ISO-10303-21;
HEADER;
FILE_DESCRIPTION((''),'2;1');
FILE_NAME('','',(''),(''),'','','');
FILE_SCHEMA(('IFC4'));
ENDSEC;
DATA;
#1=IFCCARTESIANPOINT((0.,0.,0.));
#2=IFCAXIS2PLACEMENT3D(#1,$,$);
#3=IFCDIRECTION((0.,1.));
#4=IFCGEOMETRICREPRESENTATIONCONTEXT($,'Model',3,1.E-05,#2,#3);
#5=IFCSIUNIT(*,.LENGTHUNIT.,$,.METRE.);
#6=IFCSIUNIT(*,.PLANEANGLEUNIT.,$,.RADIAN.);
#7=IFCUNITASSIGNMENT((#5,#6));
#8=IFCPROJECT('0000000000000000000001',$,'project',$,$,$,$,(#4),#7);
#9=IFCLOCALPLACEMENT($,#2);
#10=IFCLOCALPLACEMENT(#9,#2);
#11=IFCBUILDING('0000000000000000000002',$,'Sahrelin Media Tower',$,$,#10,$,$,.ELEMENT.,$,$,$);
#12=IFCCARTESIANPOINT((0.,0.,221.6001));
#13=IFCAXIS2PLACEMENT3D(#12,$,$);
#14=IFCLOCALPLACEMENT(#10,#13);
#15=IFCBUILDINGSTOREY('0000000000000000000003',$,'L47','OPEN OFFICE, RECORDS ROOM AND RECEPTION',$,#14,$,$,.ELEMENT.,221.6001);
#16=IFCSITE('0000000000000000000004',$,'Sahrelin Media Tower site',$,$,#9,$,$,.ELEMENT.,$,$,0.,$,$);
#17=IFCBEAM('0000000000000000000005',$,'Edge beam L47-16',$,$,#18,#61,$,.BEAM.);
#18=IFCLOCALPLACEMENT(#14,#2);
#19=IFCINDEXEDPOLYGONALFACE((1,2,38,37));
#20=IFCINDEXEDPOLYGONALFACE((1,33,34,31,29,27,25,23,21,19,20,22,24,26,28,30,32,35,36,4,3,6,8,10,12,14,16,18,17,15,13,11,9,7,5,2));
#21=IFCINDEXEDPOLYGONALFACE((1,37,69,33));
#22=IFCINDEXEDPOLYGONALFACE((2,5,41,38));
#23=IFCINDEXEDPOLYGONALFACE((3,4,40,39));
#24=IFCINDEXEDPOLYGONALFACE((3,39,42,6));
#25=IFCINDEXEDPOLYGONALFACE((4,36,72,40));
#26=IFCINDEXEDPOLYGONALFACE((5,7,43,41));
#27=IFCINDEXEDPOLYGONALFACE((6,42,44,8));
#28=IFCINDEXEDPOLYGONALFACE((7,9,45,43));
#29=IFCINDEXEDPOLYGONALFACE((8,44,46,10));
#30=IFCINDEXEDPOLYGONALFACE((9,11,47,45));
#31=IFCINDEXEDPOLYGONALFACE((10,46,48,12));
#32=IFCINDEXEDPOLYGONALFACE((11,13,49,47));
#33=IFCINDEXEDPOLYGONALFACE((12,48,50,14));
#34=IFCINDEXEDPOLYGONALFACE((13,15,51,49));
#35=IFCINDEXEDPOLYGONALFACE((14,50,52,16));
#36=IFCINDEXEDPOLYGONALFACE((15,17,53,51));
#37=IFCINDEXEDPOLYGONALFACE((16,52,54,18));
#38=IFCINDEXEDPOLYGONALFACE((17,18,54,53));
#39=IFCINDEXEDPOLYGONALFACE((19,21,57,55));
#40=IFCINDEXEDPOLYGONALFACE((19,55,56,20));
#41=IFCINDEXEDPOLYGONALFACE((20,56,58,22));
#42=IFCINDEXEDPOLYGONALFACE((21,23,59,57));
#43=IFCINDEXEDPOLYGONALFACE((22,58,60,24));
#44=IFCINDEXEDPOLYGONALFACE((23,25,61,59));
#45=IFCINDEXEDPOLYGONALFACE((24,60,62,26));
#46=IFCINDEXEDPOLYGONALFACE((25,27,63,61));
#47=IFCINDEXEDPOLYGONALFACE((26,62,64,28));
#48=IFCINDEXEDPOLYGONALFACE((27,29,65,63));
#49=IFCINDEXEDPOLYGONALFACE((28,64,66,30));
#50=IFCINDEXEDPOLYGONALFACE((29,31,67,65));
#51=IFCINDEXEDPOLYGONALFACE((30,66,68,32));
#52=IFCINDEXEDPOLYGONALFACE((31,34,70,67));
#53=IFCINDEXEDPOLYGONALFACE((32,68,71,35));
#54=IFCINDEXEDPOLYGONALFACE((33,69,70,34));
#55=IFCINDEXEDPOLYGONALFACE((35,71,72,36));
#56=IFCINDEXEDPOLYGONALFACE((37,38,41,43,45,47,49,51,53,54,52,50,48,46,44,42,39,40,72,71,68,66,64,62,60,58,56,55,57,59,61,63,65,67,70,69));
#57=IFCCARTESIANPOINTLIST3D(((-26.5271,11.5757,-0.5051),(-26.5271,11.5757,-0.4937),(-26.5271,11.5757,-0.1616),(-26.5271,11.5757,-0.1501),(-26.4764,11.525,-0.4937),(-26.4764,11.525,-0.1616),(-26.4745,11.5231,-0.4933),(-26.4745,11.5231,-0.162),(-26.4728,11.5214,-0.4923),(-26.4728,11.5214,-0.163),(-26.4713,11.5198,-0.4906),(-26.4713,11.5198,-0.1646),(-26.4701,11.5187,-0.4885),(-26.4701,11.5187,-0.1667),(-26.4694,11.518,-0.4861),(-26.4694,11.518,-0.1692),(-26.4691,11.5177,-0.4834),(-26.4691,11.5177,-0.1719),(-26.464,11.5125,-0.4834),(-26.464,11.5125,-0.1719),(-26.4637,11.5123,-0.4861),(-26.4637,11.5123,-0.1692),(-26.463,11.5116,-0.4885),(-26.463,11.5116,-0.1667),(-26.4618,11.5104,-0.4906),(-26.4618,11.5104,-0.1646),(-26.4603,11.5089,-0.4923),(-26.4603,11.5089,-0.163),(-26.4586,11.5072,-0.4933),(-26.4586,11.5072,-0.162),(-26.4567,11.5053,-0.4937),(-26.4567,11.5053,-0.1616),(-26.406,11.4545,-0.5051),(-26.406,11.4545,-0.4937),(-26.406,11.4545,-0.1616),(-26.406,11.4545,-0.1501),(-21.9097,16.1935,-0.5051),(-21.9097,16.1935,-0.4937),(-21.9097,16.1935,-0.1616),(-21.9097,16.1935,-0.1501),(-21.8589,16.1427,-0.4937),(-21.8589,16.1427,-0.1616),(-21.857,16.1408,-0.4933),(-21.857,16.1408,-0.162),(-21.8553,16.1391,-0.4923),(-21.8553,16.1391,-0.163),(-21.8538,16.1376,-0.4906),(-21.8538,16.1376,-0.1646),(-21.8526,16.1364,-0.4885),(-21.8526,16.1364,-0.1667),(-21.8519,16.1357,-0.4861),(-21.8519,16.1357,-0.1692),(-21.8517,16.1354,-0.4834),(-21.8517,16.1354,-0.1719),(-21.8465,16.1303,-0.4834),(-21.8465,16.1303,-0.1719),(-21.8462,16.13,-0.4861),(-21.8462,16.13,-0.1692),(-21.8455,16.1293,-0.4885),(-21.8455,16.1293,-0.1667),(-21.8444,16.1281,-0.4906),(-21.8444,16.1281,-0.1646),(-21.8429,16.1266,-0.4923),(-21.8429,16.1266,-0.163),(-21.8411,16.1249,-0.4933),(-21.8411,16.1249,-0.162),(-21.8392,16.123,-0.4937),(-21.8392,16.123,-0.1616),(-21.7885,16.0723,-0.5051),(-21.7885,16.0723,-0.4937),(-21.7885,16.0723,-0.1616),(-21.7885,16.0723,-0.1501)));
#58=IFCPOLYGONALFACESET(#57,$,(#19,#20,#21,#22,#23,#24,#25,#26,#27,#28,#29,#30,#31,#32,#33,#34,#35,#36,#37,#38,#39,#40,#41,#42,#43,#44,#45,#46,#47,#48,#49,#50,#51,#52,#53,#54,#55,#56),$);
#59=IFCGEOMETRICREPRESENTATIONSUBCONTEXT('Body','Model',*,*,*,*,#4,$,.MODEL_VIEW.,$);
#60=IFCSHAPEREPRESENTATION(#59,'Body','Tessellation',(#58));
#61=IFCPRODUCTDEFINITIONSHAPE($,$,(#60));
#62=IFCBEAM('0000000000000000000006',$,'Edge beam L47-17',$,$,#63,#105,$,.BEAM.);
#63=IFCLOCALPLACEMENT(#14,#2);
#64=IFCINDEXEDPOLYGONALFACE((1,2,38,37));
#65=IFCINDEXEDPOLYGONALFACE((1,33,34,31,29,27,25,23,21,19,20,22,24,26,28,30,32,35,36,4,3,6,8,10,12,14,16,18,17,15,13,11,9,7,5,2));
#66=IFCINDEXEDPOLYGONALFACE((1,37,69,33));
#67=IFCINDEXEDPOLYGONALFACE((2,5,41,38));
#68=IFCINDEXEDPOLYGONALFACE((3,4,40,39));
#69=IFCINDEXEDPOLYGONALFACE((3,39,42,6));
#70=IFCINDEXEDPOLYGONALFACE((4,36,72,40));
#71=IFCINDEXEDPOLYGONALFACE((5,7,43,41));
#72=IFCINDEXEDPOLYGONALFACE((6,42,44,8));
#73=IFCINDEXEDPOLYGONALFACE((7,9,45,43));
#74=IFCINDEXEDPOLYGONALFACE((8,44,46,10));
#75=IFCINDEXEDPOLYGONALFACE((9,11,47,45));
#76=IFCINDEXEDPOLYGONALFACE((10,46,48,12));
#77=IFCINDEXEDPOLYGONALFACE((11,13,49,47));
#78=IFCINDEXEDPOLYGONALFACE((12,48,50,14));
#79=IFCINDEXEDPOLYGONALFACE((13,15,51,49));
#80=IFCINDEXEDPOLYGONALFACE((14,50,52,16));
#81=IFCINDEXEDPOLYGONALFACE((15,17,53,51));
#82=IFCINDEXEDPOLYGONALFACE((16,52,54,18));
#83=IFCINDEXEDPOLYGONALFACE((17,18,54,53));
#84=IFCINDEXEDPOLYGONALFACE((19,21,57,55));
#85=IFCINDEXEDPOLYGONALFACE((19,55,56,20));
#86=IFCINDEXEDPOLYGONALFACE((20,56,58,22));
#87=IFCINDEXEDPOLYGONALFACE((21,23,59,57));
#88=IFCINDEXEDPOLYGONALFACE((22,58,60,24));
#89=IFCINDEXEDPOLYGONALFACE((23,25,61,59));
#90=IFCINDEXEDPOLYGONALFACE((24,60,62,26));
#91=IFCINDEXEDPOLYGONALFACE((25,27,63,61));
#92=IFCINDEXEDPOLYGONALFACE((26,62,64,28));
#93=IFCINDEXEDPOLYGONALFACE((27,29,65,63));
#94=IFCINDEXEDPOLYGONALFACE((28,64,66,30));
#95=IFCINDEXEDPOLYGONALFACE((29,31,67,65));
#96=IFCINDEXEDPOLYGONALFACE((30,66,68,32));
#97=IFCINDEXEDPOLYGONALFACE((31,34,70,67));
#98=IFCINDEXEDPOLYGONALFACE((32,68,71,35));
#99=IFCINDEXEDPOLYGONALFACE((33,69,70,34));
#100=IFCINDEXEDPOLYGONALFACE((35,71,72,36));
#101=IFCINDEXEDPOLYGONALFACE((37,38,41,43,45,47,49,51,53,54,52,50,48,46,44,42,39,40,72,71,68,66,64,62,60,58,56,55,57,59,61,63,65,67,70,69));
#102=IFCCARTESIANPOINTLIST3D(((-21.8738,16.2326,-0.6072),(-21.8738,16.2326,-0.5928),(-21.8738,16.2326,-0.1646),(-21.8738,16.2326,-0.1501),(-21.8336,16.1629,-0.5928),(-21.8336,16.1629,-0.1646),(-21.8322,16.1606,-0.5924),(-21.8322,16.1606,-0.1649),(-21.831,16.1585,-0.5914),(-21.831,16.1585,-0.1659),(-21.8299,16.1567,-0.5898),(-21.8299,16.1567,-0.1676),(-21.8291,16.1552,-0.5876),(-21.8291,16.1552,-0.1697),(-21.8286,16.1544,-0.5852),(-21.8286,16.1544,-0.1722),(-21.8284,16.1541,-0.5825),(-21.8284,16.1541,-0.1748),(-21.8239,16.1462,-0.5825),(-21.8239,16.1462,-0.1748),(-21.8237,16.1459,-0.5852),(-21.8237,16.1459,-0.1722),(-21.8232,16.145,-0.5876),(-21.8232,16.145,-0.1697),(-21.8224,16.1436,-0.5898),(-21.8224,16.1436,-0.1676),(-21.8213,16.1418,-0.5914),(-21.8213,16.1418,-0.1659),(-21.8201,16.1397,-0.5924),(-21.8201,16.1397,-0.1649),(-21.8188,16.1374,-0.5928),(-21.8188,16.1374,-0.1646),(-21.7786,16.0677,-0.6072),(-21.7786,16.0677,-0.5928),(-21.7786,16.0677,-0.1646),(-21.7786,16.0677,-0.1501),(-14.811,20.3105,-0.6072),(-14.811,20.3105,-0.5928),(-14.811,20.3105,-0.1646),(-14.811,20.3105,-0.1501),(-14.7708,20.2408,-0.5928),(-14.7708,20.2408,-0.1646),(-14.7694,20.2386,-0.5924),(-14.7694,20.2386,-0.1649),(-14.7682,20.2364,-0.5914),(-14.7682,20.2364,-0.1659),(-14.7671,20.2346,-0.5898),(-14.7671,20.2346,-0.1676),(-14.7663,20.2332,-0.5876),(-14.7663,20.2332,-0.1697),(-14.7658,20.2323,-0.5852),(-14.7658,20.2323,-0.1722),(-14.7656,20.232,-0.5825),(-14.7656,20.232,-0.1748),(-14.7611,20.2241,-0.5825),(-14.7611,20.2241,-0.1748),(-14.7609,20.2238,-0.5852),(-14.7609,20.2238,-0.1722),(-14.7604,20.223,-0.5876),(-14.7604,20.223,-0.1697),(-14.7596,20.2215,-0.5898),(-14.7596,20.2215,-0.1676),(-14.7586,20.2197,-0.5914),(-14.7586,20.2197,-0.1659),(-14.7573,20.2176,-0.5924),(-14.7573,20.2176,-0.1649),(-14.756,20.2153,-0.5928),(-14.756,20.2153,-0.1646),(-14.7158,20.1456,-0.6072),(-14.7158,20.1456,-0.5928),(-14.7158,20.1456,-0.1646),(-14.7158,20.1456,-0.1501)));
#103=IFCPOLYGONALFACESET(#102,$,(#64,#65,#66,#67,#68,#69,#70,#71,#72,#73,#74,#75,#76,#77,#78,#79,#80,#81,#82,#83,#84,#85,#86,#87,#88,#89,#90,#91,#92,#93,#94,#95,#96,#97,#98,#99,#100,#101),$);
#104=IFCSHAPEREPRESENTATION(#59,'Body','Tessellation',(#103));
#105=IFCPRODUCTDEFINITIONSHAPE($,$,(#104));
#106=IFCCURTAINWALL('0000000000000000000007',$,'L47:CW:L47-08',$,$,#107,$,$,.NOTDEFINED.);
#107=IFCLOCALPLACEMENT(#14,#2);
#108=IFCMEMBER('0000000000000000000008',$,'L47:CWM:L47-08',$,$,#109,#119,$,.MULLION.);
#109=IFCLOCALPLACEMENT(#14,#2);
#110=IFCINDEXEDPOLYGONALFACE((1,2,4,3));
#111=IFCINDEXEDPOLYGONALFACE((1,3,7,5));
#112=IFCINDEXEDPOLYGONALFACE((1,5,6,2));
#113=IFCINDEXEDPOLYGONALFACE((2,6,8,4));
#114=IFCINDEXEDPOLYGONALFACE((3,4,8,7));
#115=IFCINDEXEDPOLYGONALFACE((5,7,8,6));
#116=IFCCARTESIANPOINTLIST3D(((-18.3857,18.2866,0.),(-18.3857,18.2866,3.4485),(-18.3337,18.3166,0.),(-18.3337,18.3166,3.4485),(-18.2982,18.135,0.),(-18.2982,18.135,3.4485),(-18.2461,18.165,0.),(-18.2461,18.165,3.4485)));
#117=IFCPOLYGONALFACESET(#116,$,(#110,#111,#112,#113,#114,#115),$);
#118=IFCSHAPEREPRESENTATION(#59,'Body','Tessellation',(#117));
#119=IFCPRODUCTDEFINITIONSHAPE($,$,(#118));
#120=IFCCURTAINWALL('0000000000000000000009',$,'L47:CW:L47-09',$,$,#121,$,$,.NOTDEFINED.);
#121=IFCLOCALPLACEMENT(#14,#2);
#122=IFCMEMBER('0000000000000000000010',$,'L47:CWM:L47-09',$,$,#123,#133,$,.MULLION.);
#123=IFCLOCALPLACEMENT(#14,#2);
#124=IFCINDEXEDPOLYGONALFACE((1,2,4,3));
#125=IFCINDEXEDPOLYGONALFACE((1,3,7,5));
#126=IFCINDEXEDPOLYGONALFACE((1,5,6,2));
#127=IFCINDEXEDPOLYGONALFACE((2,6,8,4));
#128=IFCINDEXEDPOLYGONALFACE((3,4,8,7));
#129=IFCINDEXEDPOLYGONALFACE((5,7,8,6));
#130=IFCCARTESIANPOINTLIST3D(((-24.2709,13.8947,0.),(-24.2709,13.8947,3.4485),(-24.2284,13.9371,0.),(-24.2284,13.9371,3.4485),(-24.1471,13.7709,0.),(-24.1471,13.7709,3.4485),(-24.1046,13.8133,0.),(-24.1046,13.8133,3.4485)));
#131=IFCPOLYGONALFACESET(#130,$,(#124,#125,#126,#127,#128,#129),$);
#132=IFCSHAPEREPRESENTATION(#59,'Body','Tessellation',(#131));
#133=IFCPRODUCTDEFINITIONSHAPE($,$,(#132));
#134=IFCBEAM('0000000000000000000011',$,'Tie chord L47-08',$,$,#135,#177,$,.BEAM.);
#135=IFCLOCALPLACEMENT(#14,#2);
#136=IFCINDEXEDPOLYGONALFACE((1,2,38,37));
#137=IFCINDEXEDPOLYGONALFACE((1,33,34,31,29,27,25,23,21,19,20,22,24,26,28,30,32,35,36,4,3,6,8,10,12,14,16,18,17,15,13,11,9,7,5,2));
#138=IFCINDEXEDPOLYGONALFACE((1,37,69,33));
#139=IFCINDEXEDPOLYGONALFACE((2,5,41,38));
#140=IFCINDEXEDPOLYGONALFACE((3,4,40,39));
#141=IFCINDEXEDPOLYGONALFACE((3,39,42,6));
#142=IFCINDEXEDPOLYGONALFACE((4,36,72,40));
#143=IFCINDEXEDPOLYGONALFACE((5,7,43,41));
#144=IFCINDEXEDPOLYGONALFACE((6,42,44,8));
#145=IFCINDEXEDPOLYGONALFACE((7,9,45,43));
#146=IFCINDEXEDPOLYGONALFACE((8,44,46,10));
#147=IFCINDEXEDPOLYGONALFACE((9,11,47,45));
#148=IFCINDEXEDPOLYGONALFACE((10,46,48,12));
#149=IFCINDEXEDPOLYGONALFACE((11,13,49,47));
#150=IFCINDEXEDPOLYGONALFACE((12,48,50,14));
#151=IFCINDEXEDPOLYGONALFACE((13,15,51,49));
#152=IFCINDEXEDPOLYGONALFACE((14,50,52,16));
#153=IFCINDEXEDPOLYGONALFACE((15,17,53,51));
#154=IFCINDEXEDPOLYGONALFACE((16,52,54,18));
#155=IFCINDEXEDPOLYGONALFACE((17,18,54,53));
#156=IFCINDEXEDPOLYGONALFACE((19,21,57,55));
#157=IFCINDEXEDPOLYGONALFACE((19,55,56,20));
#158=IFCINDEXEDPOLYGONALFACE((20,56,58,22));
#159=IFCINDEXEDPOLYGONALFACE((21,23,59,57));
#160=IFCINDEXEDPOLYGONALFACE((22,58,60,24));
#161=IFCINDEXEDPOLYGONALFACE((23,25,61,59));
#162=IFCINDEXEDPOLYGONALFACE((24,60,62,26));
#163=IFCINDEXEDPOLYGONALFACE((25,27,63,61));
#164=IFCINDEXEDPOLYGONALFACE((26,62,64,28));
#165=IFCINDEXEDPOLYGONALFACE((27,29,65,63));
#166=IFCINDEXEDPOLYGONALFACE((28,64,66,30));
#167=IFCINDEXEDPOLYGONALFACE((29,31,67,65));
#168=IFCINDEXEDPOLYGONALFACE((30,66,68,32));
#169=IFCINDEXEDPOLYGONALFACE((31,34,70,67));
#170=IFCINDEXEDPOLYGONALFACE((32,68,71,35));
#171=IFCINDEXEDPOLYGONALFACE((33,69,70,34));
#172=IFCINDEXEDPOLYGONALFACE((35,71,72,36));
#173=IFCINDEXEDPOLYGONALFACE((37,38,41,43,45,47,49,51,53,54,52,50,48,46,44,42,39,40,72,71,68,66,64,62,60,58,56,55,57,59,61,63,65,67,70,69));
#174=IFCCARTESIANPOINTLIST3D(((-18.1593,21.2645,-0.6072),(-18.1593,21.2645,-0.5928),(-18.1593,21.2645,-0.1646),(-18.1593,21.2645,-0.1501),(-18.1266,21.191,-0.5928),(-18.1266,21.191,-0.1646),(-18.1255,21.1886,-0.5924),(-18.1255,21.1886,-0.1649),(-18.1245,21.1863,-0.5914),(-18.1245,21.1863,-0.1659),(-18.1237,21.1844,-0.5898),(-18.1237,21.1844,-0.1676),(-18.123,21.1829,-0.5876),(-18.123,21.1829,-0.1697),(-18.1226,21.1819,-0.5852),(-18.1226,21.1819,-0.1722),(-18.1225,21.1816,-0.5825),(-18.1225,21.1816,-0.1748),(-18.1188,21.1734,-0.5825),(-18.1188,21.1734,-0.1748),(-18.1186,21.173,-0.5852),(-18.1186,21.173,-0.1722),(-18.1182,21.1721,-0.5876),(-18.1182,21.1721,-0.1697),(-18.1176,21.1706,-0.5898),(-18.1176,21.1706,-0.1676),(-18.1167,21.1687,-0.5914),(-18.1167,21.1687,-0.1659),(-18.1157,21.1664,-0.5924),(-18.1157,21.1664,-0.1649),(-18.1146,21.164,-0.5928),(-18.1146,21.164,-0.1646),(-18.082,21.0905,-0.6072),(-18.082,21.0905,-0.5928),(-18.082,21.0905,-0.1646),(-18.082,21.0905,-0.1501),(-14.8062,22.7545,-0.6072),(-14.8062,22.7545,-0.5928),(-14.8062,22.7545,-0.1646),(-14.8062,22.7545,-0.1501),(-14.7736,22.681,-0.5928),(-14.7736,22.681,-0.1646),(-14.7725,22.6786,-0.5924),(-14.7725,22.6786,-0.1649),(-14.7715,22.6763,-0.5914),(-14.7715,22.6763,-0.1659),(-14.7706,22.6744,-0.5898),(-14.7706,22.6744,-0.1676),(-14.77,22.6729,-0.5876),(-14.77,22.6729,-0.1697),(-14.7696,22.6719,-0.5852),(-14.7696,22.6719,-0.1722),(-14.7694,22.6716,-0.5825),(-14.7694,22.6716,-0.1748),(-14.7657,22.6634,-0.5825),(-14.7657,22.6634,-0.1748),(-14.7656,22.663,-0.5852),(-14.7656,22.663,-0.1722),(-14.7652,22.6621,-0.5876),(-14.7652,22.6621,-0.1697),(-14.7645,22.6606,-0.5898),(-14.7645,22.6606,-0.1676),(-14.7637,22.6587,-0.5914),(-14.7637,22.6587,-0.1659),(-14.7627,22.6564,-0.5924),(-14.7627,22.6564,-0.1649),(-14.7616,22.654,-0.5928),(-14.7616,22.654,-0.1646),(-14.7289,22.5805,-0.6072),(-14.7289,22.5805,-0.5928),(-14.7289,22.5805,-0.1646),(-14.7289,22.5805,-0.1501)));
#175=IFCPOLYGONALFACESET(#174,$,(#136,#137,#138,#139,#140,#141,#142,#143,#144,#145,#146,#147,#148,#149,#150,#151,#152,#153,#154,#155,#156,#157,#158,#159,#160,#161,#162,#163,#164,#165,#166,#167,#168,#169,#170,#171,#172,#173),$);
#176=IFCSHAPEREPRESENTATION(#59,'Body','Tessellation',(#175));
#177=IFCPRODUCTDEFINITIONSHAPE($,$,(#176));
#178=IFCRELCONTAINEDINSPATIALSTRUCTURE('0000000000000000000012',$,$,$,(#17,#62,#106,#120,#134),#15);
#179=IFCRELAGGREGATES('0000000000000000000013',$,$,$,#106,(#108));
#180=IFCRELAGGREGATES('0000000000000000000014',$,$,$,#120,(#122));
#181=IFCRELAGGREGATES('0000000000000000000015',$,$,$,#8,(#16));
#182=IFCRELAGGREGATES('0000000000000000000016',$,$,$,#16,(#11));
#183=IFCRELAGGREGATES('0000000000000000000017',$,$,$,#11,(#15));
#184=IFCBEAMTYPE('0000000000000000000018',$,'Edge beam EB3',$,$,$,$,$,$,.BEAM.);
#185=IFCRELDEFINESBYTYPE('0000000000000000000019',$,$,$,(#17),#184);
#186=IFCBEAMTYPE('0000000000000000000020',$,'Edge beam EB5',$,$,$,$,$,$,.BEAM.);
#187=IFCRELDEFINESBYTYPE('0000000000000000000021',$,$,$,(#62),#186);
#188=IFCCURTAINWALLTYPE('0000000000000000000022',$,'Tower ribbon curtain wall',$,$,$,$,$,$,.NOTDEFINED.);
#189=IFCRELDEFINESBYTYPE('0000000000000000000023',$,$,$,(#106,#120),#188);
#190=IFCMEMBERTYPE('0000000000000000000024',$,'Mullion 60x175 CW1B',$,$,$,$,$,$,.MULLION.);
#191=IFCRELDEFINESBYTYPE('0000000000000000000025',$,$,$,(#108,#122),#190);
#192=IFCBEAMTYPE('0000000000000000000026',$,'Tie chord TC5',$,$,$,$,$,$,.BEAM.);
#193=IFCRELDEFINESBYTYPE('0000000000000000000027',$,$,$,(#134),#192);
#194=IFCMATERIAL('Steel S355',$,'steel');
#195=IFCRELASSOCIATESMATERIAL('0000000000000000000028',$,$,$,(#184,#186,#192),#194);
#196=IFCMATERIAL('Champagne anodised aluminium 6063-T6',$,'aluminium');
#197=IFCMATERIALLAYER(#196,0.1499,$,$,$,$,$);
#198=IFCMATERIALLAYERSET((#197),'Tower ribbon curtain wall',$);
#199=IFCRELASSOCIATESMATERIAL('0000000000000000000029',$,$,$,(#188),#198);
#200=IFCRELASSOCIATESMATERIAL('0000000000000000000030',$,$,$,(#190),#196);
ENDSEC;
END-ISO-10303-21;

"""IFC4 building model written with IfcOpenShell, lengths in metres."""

from ifc_helpers import new_model, si_unit, direction, frame, origin, origin_2d, place, context, subcontext, project, spatial, rectangle, i_section, extrude, material, layer, layer_set, material_profile, profile_set, type_object, element, aggregate, save


model = new_model("IFC4")

# Units and contexts
model_context = context("Model", 3, precision=1e-05, world=origin(), true_north=direction((0.0, 1.0)))
body_context = subcontext(model_context, "Body", "Model", "MODEL_VIEW")
ifc_project = project(units=[si_unit("LENGTHUNIT", "METRE"), si_unit("PLANEANGLEUNIT", "RADIAN")], contexts=[model_context])

# Site, building, storey
site_placement = place(None, origin())
site = spatial("IfcSite", under=ifc_project, at=site_placement, Name="Sahrelin Media Tower site", CompositionType="ELEMENT", RefElevation=0.0)
building_placement = place(site_placement, origin())
building = spatial("IfcBuilding", under=site, at=building_placement, Name="Sahrelin Media Tower", CompositionType="ELEMENT")
storey_placement = place(building_placement, frame((0.0, 0.0, 221.6001)))
storey = spatial("IfcBuildingStorey", under=building, at=storey_placement, Name="L47", Description="OPEN OFFICE, RECORDS ROOM AND RECEPTION", CompositionType="ELEMENT", Elevation=221.6001)

# Beams
ifc_material_1 = material(Name="Steel S355", Category="steel")
ifc_material_profile_1 = material_profile(ifc_material_1, i_section(OverallWidth=0.1714, OverallDepth=0.355, WebThickness=0.0073, FlangeThickness=0.0115, FilletRadius=0.0103, at=origin_2d()), Name="UB 356x171x51")
ifc_profile_set_1 = profile_set([ifc_material_profile_1], Name="Steel S355")
beam_type_1 = type_object("IfcBeamType", Name="Edge beam EB3", PredefinedType="BEAM", material=ifc_profile_set_1)
beam_1_placement = place(storey_placement, frame((-26.4666, 11.5151, -0.3276), z_axis=(0.707088, 0.707125, 0.0), x_axis=(-0.707125, 0.707088, 0.0)))
element("IfcBeam", 1, at=beam_1_placement, inside=storey, type_object=beam_type_1, Name="Edge beam L47-16", PredefinedType="BEAM", context=body_context, shape_type="SweptSolid", body=[
    extrude(i_section(OverallWidth=0.1714, OverallDepth=0.355, WebThickness=0.0073, FlangeThickness=0.0115, FilletRadius=0.0103, at=origin_2d()), origin(), (0.0, 0.0, 1.0), 6.5303),
])
ifc_material_profile_2 = material_profile(ifc_material_1, i_section(OverallWidth=0.1904, OverallDepth=0.457, WebThickness=0.009, FlangeThickness=0.0144, FilletRadius=0.0103, at=origin_2d()), Name="UB 457x191x74")
ifc_profile_set_2 = profile_set([ifc_material_profile_2], Name="Steel S355")
beam_type_2 = type_object("IfcBeamType", Name="Edge beam EB5", PredefinedType="BEAM", material=ifc_profile_set_2)
beam_2_placement = place(storey_placement, frame((-21.8262, 16.1501, -0.3787), z_axis=(0.866015, 0.500019, 0.0), x_axis=(-0.500019, 0.866015, 0.0)))
element("IfcBeam", 2, at=beam_2_placement, inside=storey, type_object=beam_type_2, Name="Edge beam L47-17", PredefinedType="BEAM", context=body_context, shape_type="SweptSolid", body=[
    extrude(i_section(OverallWidth=0.1904, OverallDepth=0.457, WebThickness=0.009, FlangeThickness=0.0144, FilletRadius=0.0103, at=origin_2d()), origin(), (0.0, 0.0, 1.0), 8.1555),
])

# Curtain walls, members
ifc_material_2 = material(Name="Champagne anodised aluminium 6063-T6", Category="aluminium")
ifc_layer_1 = layer(ifc_material_2, 0.1499)
ifc_layer_set_1 = layer_set([ifc_layer_1], Name="Tower ribbon curtain wall")
curtain_wall_type = type_object("IfcCurtainWallType", Name="Tower ribbon curtain wall", PredefinedType="NOTDEFINED", material=ifc_layer_set_1)
curtain_wall_1_placement = place(storey_placement, frame((-18.3699, 18.3191, 0.0), z_axis=(0.0, 0.0, 1.0), x_axis=(1.0, 0.0, 0.0)))
curtain_wall_1 = element("IfcCurtainWall", 3, at=curtain_wall_1_placement, inside=storey, type_object=curtain_wall_type, Name="L47:CW:L47-08", PredefinedType="NOTDEFINED")
ifc_material_profile_3 = material_profile(ifc_material_2, rectangle(XDim=0.0601, YDim=0.175, at=origin_2d()), Name="Mullion 60x175")
ifc_profile_set_3 = profile_set([ifc_material_profile_3], Name="Champagne anodised aluminium 6063-T6")
member_type_1 = type_object("IfcMemberType", Name="Mullion 60x175 CW1B", PredefinedType="MULLION", material=ifc_profile_set_3)
member_1_placement = place(storey_placement, frame((-18.3159, 18.2258, 0.0), z_axis=(0.0, 0.0, 1.0), x_axis=(-0.866023, -0.500005, 0.0)))
member_1 = element("IfcMember", 4, at=member_1_placement, type_object=member_type_1, Name="L47:CWM:L47-08", PredefinedType="MULLION", context=body_context, shape_type="SweptSolid", body=[
    extrude(rectangle(XDim=0.0601, YDim=0.175, at=origin_2d()), origin(), (0.0, 0.0, 1.0), 3.4485),
])
curtain_wall_2_placement = place(storey_placement, frame((-24.2639, 13.9299, 0.0), z_axis=(0.0, 0.0, 1.0), x_axis=(1.0, 0.0, 0.0)))
curtain_wall_2 = element("IfcCurtainWall", 5, at=curtain_wall_2_placement, inside=storey, type_object=curtain_wall_type, Name="L47:CW:L47-09", PredefinedType="NOTDEFINED")
member_2_placement = place(storey_placement, frame((-24.1877, 13.854, 0.0), z_axis=(0.0, 0.0, 1.0), x_axis=(-0.707114, -0.707099, 0.0)))
member_2 = element("IfcMember", 6, at=member_2_placement, type_object=member_type_1, Name="L47:CWM:L47-09", PredefinedType="MULLION", context=body_context, shape_type="SweptSolid", body=[
    extrude(rectangle(XDim=0.0601, YDim=0.175, at=origin_2d()), origin(), (0.0, 0.0, 1.0), 3.4485),
])

# Beam
ifc_material_profile_4 = material_profile(ifc_material_1, i_section(OverallWidth=0.1904, OverallDepth=0.457, WebThickness=0.009, FlangeThickness=0.0144, FilletRadius=0.0103, at=origin_2d()), Name="UB 457x191x74")
ifc_profile_set_4 = profile_set([ifc_material_profile_4], Name="Steel S355")
beam_type_3 = type_object("IfcBeamType", Name="Tie chord TC5", PredefinedType="BEAM", material=ifc_profile_set_4)
beam_3_placement = place(storey_placement, frame((-14.7676, 22.6675, -0.3787), z_axis=(-0.913836, -0.406083, 0.0), x_axis=(0.406083, -0.913836, 0.0)))
element("IfcBeam", 7, at=beam_3_placement, inside=storey, type_object=beam_type_3, Name="Tie chord L47-08", PredefinedType="BEAM", context=body_context, shape_type="SweptSolid", body=[
    extrude(i_section(OverallWidth=0.1904, OverallDepth=0.457, WebThickness=0.009, FlangeThickness=0.0144, FilletRadius=0.0103, at=origin_2d()), origin(), (0.0, 0.0, 1.0), 3.6692),
])

aggregate(curtain_wall_1, [member_1])
aggregate(curtain_wall_2, [member_2])

save(model, "model.ifc")
